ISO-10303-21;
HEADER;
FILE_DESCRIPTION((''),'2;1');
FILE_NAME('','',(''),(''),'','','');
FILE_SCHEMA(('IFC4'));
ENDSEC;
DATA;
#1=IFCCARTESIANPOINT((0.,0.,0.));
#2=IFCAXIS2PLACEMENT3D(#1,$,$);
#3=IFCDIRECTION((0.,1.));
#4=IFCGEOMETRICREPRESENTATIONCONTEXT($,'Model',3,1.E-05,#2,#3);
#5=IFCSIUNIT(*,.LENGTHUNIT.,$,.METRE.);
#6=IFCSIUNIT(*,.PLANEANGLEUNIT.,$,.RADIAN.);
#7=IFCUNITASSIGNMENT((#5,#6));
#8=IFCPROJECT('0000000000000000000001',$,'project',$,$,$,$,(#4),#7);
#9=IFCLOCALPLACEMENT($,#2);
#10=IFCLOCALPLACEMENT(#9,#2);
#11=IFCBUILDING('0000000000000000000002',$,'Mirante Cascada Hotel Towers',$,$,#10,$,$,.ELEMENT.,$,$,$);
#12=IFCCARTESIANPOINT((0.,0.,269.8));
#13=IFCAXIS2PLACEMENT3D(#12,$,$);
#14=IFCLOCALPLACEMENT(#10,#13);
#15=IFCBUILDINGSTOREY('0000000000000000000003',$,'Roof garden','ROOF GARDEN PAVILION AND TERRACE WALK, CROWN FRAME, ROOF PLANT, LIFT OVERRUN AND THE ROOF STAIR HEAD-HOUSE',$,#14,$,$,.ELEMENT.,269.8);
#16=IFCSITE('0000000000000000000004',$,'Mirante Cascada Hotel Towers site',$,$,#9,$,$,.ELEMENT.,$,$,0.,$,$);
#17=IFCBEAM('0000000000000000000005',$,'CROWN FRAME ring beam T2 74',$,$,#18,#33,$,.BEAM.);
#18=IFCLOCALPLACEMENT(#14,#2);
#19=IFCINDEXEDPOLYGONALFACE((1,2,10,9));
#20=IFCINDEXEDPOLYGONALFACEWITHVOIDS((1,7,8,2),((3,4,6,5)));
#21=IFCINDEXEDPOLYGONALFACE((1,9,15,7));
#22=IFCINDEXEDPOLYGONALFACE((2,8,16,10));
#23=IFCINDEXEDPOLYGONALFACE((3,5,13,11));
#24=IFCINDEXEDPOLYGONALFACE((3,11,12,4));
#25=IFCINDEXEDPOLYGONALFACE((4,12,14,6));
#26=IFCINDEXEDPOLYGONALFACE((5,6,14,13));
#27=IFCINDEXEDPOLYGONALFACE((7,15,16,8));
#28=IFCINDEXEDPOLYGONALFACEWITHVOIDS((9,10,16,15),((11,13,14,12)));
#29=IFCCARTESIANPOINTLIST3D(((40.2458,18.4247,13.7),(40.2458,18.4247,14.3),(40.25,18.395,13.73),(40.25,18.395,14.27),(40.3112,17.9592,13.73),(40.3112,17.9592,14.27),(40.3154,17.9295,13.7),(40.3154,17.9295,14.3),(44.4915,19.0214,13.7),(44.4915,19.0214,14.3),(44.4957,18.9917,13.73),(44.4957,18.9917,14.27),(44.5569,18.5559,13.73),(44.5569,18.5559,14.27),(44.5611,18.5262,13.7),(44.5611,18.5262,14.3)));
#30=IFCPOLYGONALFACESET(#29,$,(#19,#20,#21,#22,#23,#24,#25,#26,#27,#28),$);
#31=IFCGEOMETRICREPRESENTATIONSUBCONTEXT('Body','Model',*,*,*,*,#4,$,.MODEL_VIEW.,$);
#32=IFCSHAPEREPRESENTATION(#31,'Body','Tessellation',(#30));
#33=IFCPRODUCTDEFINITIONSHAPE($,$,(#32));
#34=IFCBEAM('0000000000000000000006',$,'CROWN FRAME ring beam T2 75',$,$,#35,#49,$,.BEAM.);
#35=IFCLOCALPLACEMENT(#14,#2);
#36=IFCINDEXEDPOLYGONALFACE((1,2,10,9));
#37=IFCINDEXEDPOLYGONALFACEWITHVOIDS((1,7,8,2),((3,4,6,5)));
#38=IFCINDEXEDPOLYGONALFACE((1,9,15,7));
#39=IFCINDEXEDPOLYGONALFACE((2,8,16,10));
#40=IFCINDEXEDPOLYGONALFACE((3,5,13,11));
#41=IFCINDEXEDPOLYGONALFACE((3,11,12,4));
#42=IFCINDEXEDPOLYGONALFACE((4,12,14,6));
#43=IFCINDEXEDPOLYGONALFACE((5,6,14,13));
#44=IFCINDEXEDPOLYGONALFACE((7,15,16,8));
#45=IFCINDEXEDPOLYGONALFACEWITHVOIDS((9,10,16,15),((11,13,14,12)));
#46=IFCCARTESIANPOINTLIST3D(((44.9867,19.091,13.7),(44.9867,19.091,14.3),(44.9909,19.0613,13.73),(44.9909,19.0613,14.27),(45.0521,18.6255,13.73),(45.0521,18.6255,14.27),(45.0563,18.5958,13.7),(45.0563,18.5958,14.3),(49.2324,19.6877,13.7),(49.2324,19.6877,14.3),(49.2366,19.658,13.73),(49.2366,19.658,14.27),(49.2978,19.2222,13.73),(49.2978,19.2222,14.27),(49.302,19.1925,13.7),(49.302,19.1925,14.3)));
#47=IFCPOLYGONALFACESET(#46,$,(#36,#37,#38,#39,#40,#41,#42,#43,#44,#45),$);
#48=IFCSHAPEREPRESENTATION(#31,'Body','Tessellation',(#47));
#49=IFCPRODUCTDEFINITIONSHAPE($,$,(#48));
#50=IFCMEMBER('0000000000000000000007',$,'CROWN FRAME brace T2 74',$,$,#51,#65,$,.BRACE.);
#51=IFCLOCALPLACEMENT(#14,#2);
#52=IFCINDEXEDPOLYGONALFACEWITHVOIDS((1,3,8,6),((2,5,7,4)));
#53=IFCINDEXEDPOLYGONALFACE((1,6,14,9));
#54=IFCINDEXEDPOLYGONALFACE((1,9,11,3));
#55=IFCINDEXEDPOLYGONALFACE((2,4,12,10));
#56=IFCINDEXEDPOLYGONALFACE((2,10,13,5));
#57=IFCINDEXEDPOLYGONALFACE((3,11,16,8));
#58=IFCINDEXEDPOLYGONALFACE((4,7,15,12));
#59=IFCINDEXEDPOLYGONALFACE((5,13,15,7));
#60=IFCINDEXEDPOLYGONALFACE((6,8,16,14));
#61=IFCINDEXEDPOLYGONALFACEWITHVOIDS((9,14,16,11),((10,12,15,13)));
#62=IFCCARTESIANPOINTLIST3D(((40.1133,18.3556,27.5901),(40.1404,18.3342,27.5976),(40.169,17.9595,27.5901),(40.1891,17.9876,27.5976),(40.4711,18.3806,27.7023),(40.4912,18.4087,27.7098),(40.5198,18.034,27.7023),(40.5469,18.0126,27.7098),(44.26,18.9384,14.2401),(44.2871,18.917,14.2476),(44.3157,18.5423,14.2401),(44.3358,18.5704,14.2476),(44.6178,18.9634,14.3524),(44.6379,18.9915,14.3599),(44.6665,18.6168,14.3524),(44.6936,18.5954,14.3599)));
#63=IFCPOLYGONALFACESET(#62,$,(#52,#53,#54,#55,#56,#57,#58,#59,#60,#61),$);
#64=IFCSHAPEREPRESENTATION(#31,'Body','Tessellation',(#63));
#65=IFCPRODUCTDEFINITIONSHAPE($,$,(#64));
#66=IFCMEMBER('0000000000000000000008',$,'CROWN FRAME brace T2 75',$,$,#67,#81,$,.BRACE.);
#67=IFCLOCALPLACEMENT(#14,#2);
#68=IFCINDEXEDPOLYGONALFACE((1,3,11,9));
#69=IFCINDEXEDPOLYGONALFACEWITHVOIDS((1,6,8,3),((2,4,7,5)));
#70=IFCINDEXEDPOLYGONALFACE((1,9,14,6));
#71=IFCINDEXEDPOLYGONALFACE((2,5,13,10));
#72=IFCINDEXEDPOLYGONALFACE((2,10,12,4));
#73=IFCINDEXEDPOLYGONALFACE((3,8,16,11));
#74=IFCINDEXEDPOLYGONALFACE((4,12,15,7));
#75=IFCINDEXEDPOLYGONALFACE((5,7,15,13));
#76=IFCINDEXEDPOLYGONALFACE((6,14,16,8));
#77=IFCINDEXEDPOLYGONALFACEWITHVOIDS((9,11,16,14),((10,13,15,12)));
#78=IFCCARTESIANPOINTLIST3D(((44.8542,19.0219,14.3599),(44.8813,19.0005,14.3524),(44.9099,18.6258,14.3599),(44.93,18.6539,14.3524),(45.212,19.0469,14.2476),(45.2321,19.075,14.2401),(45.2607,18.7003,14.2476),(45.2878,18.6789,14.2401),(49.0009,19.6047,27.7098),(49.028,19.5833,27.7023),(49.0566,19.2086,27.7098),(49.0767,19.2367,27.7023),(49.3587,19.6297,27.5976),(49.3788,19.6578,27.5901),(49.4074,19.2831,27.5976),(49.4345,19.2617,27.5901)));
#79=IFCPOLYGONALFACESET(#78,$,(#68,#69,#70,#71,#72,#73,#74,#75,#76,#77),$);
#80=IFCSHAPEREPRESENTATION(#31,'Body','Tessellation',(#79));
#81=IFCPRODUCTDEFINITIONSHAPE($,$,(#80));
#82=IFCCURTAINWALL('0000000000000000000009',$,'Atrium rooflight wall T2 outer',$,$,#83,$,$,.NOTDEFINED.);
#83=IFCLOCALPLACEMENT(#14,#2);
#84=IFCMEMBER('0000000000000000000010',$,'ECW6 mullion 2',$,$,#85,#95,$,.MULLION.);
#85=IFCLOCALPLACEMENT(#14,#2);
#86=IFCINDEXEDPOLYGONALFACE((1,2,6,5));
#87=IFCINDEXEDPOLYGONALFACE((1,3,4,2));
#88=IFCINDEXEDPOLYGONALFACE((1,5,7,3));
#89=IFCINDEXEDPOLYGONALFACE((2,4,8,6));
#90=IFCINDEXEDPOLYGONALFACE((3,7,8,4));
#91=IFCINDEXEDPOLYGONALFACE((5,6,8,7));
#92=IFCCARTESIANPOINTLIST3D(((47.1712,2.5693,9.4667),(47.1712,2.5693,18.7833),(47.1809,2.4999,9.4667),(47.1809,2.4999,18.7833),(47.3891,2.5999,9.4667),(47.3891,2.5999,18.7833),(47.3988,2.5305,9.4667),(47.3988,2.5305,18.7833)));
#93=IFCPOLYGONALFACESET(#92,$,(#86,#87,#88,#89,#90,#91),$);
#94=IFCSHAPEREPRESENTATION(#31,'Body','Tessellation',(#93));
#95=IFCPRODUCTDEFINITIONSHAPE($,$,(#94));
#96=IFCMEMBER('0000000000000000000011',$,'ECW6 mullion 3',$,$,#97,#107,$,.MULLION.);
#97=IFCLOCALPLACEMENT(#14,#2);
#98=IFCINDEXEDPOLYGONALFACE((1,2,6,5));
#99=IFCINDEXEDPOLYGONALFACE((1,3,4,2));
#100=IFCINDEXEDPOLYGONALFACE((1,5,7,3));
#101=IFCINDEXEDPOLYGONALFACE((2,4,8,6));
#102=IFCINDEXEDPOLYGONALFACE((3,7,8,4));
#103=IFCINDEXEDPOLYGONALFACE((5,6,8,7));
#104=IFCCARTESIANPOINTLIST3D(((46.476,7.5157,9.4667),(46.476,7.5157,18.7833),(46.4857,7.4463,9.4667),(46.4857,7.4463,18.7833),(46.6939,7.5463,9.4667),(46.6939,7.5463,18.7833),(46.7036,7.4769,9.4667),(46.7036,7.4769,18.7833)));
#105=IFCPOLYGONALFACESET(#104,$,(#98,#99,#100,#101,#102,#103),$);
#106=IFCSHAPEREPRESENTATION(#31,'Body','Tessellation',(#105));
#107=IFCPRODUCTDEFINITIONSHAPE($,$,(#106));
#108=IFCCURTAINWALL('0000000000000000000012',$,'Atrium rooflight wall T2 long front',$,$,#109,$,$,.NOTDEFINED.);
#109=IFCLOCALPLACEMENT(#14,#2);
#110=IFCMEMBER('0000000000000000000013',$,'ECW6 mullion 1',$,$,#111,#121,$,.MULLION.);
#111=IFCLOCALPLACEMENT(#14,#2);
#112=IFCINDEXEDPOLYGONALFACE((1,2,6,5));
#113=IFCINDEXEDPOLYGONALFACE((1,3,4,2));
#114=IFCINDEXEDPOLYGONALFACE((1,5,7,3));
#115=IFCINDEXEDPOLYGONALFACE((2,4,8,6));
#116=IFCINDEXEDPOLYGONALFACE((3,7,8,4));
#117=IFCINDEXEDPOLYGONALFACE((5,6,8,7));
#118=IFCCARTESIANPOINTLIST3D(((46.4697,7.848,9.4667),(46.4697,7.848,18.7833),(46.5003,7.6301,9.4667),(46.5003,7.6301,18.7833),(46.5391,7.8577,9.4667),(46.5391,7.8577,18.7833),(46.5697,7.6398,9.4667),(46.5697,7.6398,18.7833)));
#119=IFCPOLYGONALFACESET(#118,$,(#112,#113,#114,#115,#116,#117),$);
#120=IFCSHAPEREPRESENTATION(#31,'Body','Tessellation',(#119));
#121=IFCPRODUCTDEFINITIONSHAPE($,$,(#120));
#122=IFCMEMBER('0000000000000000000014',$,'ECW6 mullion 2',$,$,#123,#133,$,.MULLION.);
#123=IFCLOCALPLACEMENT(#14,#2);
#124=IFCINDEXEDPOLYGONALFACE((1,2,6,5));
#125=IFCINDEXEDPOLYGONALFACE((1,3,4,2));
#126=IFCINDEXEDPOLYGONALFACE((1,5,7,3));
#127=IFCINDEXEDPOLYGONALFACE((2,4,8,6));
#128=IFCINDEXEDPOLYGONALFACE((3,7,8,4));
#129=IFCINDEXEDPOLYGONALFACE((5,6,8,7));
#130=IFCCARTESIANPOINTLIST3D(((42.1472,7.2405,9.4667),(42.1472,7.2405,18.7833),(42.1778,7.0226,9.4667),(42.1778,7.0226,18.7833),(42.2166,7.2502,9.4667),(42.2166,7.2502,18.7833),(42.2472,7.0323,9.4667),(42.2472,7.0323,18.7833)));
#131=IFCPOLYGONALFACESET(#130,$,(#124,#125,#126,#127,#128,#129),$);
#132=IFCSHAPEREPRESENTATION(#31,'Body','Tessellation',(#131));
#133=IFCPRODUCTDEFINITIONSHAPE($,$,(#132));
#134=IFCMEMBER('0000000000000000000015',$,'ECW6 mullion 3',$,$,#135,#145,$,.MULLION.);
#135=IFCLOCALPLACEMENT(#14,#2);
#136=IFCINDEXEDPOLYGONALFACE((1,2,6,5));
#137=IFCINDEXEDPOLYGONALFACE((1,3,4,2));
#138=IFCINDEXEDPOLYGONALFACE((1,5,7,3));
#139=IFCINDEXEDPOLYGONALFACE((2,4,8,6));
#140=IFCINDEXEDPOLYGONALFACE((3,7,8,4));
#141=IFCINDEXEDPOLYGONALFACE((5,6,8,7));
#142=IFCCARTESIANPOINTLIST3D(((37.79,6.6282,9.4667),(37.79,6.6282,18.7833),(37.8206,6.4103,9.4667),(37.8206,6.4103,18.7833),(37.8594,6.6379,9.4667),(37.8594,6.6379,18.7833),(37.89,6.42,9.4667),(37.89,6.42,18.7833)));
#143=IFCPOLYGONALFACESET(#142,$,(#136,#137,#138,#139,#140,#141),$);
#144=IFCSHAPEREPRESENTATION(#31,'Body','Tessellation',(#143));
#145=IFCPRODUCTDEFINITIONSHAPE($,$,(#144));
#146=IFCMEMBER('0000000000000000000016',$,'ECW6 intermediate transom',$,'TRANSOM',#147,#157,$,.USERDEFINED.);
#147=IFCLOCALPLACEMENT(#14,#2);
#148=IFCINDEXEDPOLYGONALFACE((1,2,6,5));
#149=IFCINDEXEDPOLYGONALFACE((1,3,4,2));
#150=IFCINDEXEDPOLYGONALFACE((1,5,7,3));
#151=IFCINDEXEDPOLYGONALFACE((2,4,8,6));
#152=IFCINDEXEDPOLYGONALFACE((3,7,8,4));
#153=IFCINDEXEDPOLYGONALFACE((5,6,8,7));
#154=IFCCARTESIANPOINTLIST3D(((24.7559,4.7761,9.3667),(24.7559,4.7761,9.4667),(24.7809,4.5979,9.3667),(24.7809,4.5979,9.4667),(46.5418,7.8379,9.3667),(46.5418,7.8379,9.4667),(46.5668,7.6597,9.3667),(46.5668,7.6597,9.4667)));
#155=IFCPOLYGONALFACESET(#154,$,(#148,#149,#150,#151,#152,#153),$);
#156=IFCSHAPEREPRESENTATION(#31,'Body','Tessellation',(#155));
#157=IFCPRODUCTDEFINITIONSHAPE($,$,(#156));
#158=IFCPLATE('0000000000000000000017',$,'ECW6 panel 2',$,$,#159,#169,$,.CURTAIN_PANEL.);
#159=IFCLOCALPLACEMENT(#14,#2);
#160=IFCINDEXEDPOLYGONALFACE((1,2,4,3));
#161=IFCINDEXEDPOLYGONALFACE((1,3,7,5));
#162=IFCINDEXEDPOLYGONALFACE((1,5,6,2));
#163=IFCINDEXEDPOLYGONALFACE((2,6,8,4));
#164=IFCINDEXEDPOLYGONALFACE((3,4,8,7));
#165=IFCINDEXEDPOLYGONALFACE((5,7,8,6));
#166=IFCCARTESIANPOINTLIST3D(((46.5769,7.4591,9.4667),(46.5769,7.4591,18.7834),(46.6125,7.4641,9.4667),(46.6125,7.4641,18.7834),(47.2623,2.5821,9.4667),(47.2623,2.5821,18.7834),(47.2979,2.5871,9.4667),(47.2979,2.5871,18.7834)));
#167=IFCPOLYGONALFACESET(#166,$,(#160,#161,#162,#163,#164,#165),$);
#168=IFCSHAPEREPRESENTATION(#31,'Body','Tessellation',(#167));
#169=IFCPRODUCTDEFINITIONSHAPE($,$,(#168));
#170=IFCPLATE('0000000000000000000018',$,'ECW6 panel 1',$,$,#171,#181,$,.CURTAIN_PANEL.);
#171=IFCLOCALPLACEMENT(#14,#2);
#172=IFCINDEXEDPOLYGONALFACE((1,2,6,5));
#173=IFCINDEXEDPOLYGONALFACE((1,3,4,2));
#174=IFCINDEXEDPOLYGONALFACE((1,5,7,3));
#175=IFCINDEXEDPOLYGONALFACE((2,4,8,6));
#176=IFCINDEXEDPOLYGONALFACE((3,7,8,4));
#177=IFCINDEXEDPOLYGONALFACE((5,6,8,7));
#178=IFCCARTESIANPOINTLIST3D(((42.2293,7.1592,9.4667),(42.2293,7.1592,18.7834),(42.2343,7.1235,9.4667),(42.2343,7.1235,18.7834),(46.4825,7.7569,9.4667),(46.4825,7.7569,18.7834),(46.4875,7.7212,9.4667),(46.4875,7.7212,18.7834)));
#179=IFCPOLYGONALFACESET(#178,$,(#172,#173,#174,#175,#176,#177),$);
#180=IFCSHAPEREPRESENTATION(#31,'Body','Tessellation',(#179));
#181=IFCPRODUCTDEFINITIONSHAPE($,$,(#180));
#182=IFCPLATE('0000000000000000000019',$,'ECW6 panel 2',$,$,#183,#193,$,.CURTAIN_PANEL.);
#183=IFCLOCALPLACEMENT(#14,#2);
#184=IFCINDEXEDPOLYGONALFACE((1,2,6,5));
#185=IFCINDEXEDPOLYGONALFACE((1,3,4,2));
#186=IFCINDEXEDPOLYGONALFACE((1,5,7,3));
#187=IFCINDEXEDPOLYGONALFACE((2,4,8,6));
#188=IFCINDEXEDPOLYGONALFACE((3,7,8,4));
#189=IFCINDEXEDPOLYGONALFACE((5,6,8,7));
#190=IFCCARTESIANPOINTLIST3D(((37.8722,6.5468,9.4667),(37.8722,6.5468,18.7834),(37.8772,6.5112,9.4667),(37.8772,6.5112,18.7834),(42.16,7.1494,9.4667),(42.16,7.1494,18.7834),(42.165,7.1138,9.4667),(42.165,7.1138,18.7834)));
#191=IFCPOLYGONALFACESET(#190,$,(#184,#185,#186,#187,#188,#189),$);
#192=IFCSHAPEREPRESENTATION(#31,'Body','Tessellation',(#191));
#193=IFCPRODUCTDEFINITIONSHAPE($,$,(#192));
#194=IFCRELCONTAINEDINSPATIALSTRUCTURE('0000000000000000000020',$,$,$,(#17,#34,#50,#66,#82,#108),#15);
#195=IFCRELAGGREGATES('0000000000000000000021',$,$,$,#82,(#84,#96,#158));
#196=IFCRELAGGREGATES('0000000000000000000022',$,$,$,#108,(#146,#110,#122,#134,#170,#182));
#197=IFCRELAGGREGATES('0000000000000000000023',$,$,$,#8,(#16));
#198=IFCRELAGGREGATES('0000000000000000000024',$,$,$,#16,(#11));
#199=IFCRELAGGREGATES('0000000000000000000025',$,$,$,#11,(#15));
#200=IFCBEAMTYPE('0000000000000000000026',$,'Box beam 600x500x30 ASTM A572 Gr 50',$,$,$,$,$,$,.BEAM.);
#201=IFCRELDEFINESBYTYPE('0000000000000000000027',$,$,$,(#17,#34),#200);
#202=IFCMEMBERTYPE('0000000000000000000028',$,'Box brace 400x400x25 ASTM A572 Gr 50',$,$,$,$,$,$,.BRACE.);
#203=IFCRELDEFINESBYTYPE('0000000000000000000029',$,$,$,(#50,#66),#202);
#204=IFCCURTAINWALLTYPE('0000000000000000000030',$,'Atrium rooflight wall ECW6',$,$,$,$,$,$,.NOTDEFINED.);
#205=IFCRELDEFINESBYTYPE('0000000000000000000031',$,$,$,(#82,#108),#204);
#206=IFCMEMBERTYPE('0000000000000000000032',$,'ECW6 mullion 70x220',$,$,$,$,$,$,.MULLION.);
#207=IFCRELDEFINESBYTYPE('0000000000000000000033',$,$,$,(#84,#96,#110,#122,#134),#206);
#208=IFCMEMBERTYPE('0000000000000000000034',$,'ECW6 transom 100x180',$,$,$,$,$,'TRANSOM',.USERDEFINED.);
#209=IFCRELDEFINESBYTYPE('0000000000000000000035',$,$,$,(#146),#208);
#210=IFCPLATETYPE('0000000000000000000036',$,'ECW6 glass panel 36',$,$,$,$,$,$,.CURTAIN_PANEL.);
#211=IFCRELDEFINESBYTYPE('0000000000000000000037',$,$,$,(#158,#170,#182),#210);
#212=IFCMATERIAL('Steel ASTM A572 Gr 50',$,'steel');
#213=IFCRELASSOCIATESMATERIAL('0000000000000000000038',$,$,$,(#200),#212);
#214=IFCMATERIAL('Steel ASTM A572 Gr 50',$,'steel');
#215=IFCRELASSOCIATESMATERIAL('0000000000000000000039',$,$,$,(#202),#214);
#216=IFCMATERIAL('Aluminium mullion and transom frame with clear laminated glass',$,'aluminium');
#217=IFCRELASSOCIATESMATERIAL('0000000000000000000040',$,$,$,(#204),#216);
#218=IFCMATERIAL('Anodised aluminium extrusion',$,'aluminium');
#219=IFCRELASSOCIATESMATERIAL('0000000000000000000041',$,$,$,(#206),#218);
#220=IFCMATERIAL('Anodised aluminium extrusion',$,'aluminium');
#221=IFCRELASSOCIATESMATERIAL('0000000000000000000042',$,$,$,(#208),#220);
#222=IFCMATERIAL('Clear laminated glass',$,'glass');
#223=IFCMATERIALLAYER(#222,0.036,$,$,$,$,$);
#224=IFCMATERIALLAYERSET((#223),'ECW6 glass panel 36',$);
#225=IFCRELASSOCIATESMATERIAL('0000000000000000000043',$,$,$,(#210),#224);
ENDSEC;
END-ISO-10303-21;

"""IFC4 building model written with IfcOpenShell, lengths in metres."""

from ifc_helpers import new_model, si_unit, direction, frame, origin, origin_2d, place, context, subcontext, project, spatial, rectangle, hollow_rectangle, extrude, material, layer, layer_set, material_profile, profile_set, type_object, element, aggregate, save


model = new_model("IFC4")

# Units and contexts
model_context = context("Model", 3, precision=1e-05, world=origin(), true_north=direction((0.0, 1.0)))
body_context = subcontext(model_context, "Body", "Model", "MODEL_VIEW")
ifc_project = project(units=[si_unit("LENGTHUNIT", "METRE"), si_unit("PLANEANGLEUNIT", "RADIAN")], contexts=[model_context])

# Site, building, storey
site_placement = place(None, origin())
site = spatial("IfcSite", under=ifc_project, at=site_placement, Name="Mirante Cascada Hotel Towers site", CompositionType="ELEMENT", RefElevation=0.0)
building_placement = place(site_placement, origin())
building = spatial("IfcBuilding", under=site, at=building_placement, Name="Mirante Cascada Hotel Towers", CompositionType="ELEMENT")
storey_placement = place(building_placement, frame((0.0, 0.0, 269.8)))
storey = spatial("IfcBuildingStorey", under=building, at=storey_placement, Name="Roof garden", Description="ROOF GARDEN PAVILION AND TERRACE WALK, CROWN FRAME, ROOF PLANT, LIFT OVERRUN AND THE ROOF STAIR HEAD-HOUSE", CompositionType="ELEMENT", Elevation=269.8)

# Beams
ifc_material_1 = material(Name="Steel ASTM A572 Gr 50", Category="steel")
ifc_material_profile_1 = material_profile(ifc_material_1, hollow_rectangle(XDim=0.5, YDim=0.6, WallThickness=0.03, at=origin_2d()), Name="Box beam 600x500x30 ASTM A572 Gr 50")
ifc_profile_set_1 = profile_set([ifc_material_profile_1], Name="Steel ASTM A572 Gr 50")
beam_type = type_object("IfcBeamType", Name="Box beam 600x500x30 ASTM A572 Gr 50", PredefinedType="BEAM", material=ifc_profile_set_1)
for number, where, z_axis, x_axis, name in (
    (1, (40.2806, 18.1771, 14.0), (0.990268, 0.139174, 0.0), (-0.139174, 0.990268, 0.0), "CROWN FRAME ring beam T2 74"),
    (2, (45.0215, 18.8434, 14.0), (0.990268, 0.139174, 0.0), (-0.139174, 0.990268, 0.0), "CROWN FRAME ring beam T2 75"),
):
    element("IfcBeam", number, at=place(storey_placement, frame(where, z_axis=z_axis, x_axis=x_axis)), inside=storey, type_object=beam_type, Name=name, PredefinedType="BEAM", context=body_context, shape_type="SweptSolid", body=[
        extrude(hollow_rectangle(XDim=0.5, YDim=0.6, WallThickness=0.03, at=origin_2d()), origin(), (0.0, 0.0, 1.0), 4.2874),
    ])

# Members
ifc_material_2 = material(Name="Steel ASTM A572 Gr 50", Category="steel")
ifc_material_profile_2 = material_profile(ifc_material_2, hollow_rectangle(XDim=0.4, YDim=0.4, WallThickness=0.025, at=origin_2d()), Name="Box brace 400x400x25 ASTM A572 Gr 50")
ifc_profile_set_2 = profile_set([ifc_material_profile_2], Name="Steel ASTM A572 Gr 50")
member_type_1 = type_object("IfcMemberType", Name="Box brace 400x400x25 ASTM A572 Gr 50", PredefinedType="BRACE", material=ifc_profile_set_2)
for number, where, z_axis, x_axis, name in (
    (3, (44.4768, 18.7669, 14.3), (-0.296376, -0.041654, 0.954162), (0.139178, -0.990267, 0.0), "CROWN FRAME brace T2 74"),
    (4, (45.071, 18.8504, 14.3), (0.296376, 0.041654, 0.954162), (-0.139178, 0.990267, 0.0), "CROWN FRAME brace T2 75"),
):
    element("IfcMember", number, at=place(storey_placement, frame(where, z_axis=z_axis, x_axis=x_axis)), inside=storey, type_object=member_type_1, Name=name, PredefinedType="BRACE", context=body_context, shape_type="SweptSolid", body=[
        extrude(hollow_rectangle(XDim=0.4, YDim=0.4, WallThickness=0.025, at=origin_2d()), origin(), (0.0, 0.0, 1.0), 13.9913),
    ])

# Curtain walls, members
ifc_material_3 = material(Name="Aluminium mullion and transom frame with clear laminated glass", Category="aluminium")
curtain_wall_type = type_object("IfcCurtainWallType", Name="Atrium rooflight wall ECW6", PredefinedType="NOTDEFINED", material=ifc_material_3)
curtain_wall_1_placement = place(storey_placement, origin())
curtain_wall_1 = element("IfcCurtainWall", 5, at=curtain_wall_1_placement, inside=storey, type_object=curtain_wall_type, Name="Atrium rooflight wall T2 outer", PredefinedType="NOTDEFINED")
ifc_material_4 = material(Name="Anodised aluminium extrusion", Category="aluminium")
ifc_material_profile_3 = material_profile(ifc_material_4, rectangle(XDim=0.22, YDim=0.07, at=origin_2d()), Name="ECW6 MULLION 70x220")
ifc_profile_set_3 = profile_set([ifc_material_profile_3], Name="Anodised aluminium extrusion")
member_type_2 = type_object("IfcMemberType", Name="ECW6 mullion 70x220", PredefinedType="MULLION", material=ifc_profile_set_3)
member_1_placement = place(storey_placement, frame((47.285, 2.5499, 9.4667), z_axis=(0.0, 0.0, 1.0), x_axis=(-0.990268, -0.139173, 0.0)))
member_1 = element("IfcMember", 6, at=member_1_placement, type_object=member_type_2, Name="ECW6 mullion 2", PredefinedType="MULLION", context=body_context, shape_type="SweptSolid", body=[
    extrude(rectangle(XDim=0.22, YDim=0.07, at=origin_2d()), origin(), (0.0, 0.0, 1.0), 9.3166),
])
member_2_placement = place(storey_placement, frame((46.5898, 7.4963, 9.4667), z_axis=(0.0, 0.0, 1.0), x_axis=(-0.990268, -0.139173, 0.0)))
member_2 = element("IfcMember", 7, at=member_2_placement, type_object=member_type_2, Name="ECW6 mullion 3", PredefinedType="MULLION", context=body_context, shape_type="SweptSolid", body=[
    extrude(rectangle(XDim=0.22, YDim=0.07, at=origin_2d()), origin(), (0.0, 0.0, 1.0), 9.3166),
])
curtain_wall_2_placement = place(storey_placement, origin())
curtain_wall_2 = element("IfcCurtainWall", 8, at=curtain_wall_2_placement, inside=storey, type_object=curtain_wall_type, Name="Atrium rooflight wall T2 long front", PredefinedType="NOTDEFINED")
member_3_placement = place(storey_placement, frame((46.5197, 7.7439, 9.4667), z_axis=(0.0, 0.0, 1.0), x_axis=(0.139173, -0.990268, 0.0)))
member_3 = element("IfcMember", 9, at=member_3_placement, type_object=member_type_2, Name="ECW6 mullion 1", PredefinedType="MULLION", context=body_context, shape_type="SweptSolid", body=[
    extrude(rectangle(XDim=0.22, YDim=0.07, at=origin_2d()), origin(), (0.0, 0.0, 1.0), 9.3166),
])
member_4_placement = place(storey_placement, frame((42.1972, 7.1364, 9.4667), z_axis=(0.0, 0.0, 1.0), x_axis=(0.139173, -0.990268, 0.0)))
member_4 = element("IfcMember", 10, at=member_4_placement, type_object=member_type_2, Name="ECW6 mullion 2", PredefinedType="MULLION", context=body_context, shape_type="SweptSolid", body=[
    extrude(rectangle(XDim=0.22, YDim=0.07, at=origin_2d()), origin(), (0.0, 0.0, 1.0), 9.3166),
])
member_5_placement = place(storey_placement, frame((37.84, 6.5241, 9.4667), z_axis=(0.0, 0.0, 1.0), x_axis=(0.139173, -0.990268, 0.0)))
member_5 = element("IfcMember", 11, at=member_5_placement, type_object=member_type_2, Name="ECW6 mullion 3", PredefinedType="MULLION", context=body_context, shape_type="SweptSolid", body=[
    extrude(rectangle(XDim=0.22, YDim=0.07, at=origin_2d()), origin(), (0.0, 0.0, 1.0), 9.3166),
])
ifc_material_5 = material(Name="Anodised aluminium extrusion", Category="aluminium")
ifc_material_profile_4 = material_profile(ifc_material_5, rectangle(XDim=0.18, YDim=0.1, at=origin_2d()), Name="ECW6 TRANSOM 100x180")
ifc_profile_set_4 = profile_set([ifc_material_profile_4], Name="Anodised aluminium extrusion")
member_type_3 = type_object("IfcMemberType", Name="ECW6 transom 100x180", ElementType="TRANSOM", PredefinedType="USERDEFINED", material=ifc_profile_set_4)
member_6_placement = place(storey_placement, frame((46.5543, 7.7488, 9.4167), z_axis=(-0.990268, -0.139173, 0.0), x_axis=(0.139173, -0.990268, 0.0)))
member_6 = element("IfcMember", 12, at=member_6_placement, type_object=member_type_3, Name="ECW6 intermediate transom", ObjectType="TRANSOM", PredefinedType="USERDEFINED", context=body_context, shape_type="SweptSolid", body=[
    extrude(rectangle(XDim=0.18, YDim=0.1, at=origin_2d()), origin(), (0.0, 0.0, 1.0), 22.0),
])

# Plates
ifc_material_6 = material(Name="Clear laminated glass", Category="glass")
ifc_layer_1 = layer(ifc_material_6, 0.036)
ifc_layer_set_1 = layer_set([ifc_layer_1], Name="ECW6 glass panel 36")
plate_type = type_object("IfcPlateType", Name="ECW6 glass panel 36", PredefinedType="CURTAIN_PANEL", material=ifc_layer_set_1)
plate_1_placement = place(storey_placement, frame((46.9374, 5.0231, 9.4667), z_axis=(0.0, 0.0, 1.0), x_axis=(-0.139173, 0.990268, 0.0)))
plate_1 = element("IfcPlate", 13, at=plate_1_placement, type_object=plate_type, Name="ECW6 panel 2", PredefinedType="CURTAIN_PANEL", context=body_context, shape_type="SweptSolid", body=[
    extrude(rectangle(XDim=4.925, YDim=0.036, at=origin_2d()), origin(), (0.0, 0.0, 1.0), 9.3167),
])
aggregate(curtain_wall_1, [member_1, member_2, plate_1])
plate_2_placement = place(storey_placement, frame((44.3584, 7.4402, 9.4667), z_axis=(0.0, 0.0, 1.0), x_axis=(-0.990268, -0.139173, 0.0)))
plate_2 = element("IfcPlate", 14, at=plate_2_placement, type_object=plate_type, Name="ECW6 panel 1", PredefinedType="CURTAIN_PANEL", context=body_context, shape_type="SweptSolid", body=[
    extrude(rectangle(XDim=4.295, YDim=0.036, at=origin_2d()), origin(), (0.0, 0.0, 1.0), 9.3167),
])
plate_3_placement = place(storey_placement, frame((40.0186, 6.8303, 9.4667), z_axis=(0.0, 0.0, 1.0), x_axis=(-0.990268, -0.139173, 0.0)))
plate_3 = element("IfcPlate", 15, at=plate_3_placement, type_object=plate_type, Name="ECW6 panel 2", PredefinedType="CURTAIN_PANEL", context=body_context, shape_type="SweptSolid", body=[
    extrude(rectangle(XDim=4.33, YDim=0.036, at=origin_2d()), origin(), (0.0, 0.0, 1.0), 9.3167),
])
aggregate(curtain_wall_2, [member_6, member_3, member_4, member_5, plate_2, plate_3])

save(model, "model.ifc")
